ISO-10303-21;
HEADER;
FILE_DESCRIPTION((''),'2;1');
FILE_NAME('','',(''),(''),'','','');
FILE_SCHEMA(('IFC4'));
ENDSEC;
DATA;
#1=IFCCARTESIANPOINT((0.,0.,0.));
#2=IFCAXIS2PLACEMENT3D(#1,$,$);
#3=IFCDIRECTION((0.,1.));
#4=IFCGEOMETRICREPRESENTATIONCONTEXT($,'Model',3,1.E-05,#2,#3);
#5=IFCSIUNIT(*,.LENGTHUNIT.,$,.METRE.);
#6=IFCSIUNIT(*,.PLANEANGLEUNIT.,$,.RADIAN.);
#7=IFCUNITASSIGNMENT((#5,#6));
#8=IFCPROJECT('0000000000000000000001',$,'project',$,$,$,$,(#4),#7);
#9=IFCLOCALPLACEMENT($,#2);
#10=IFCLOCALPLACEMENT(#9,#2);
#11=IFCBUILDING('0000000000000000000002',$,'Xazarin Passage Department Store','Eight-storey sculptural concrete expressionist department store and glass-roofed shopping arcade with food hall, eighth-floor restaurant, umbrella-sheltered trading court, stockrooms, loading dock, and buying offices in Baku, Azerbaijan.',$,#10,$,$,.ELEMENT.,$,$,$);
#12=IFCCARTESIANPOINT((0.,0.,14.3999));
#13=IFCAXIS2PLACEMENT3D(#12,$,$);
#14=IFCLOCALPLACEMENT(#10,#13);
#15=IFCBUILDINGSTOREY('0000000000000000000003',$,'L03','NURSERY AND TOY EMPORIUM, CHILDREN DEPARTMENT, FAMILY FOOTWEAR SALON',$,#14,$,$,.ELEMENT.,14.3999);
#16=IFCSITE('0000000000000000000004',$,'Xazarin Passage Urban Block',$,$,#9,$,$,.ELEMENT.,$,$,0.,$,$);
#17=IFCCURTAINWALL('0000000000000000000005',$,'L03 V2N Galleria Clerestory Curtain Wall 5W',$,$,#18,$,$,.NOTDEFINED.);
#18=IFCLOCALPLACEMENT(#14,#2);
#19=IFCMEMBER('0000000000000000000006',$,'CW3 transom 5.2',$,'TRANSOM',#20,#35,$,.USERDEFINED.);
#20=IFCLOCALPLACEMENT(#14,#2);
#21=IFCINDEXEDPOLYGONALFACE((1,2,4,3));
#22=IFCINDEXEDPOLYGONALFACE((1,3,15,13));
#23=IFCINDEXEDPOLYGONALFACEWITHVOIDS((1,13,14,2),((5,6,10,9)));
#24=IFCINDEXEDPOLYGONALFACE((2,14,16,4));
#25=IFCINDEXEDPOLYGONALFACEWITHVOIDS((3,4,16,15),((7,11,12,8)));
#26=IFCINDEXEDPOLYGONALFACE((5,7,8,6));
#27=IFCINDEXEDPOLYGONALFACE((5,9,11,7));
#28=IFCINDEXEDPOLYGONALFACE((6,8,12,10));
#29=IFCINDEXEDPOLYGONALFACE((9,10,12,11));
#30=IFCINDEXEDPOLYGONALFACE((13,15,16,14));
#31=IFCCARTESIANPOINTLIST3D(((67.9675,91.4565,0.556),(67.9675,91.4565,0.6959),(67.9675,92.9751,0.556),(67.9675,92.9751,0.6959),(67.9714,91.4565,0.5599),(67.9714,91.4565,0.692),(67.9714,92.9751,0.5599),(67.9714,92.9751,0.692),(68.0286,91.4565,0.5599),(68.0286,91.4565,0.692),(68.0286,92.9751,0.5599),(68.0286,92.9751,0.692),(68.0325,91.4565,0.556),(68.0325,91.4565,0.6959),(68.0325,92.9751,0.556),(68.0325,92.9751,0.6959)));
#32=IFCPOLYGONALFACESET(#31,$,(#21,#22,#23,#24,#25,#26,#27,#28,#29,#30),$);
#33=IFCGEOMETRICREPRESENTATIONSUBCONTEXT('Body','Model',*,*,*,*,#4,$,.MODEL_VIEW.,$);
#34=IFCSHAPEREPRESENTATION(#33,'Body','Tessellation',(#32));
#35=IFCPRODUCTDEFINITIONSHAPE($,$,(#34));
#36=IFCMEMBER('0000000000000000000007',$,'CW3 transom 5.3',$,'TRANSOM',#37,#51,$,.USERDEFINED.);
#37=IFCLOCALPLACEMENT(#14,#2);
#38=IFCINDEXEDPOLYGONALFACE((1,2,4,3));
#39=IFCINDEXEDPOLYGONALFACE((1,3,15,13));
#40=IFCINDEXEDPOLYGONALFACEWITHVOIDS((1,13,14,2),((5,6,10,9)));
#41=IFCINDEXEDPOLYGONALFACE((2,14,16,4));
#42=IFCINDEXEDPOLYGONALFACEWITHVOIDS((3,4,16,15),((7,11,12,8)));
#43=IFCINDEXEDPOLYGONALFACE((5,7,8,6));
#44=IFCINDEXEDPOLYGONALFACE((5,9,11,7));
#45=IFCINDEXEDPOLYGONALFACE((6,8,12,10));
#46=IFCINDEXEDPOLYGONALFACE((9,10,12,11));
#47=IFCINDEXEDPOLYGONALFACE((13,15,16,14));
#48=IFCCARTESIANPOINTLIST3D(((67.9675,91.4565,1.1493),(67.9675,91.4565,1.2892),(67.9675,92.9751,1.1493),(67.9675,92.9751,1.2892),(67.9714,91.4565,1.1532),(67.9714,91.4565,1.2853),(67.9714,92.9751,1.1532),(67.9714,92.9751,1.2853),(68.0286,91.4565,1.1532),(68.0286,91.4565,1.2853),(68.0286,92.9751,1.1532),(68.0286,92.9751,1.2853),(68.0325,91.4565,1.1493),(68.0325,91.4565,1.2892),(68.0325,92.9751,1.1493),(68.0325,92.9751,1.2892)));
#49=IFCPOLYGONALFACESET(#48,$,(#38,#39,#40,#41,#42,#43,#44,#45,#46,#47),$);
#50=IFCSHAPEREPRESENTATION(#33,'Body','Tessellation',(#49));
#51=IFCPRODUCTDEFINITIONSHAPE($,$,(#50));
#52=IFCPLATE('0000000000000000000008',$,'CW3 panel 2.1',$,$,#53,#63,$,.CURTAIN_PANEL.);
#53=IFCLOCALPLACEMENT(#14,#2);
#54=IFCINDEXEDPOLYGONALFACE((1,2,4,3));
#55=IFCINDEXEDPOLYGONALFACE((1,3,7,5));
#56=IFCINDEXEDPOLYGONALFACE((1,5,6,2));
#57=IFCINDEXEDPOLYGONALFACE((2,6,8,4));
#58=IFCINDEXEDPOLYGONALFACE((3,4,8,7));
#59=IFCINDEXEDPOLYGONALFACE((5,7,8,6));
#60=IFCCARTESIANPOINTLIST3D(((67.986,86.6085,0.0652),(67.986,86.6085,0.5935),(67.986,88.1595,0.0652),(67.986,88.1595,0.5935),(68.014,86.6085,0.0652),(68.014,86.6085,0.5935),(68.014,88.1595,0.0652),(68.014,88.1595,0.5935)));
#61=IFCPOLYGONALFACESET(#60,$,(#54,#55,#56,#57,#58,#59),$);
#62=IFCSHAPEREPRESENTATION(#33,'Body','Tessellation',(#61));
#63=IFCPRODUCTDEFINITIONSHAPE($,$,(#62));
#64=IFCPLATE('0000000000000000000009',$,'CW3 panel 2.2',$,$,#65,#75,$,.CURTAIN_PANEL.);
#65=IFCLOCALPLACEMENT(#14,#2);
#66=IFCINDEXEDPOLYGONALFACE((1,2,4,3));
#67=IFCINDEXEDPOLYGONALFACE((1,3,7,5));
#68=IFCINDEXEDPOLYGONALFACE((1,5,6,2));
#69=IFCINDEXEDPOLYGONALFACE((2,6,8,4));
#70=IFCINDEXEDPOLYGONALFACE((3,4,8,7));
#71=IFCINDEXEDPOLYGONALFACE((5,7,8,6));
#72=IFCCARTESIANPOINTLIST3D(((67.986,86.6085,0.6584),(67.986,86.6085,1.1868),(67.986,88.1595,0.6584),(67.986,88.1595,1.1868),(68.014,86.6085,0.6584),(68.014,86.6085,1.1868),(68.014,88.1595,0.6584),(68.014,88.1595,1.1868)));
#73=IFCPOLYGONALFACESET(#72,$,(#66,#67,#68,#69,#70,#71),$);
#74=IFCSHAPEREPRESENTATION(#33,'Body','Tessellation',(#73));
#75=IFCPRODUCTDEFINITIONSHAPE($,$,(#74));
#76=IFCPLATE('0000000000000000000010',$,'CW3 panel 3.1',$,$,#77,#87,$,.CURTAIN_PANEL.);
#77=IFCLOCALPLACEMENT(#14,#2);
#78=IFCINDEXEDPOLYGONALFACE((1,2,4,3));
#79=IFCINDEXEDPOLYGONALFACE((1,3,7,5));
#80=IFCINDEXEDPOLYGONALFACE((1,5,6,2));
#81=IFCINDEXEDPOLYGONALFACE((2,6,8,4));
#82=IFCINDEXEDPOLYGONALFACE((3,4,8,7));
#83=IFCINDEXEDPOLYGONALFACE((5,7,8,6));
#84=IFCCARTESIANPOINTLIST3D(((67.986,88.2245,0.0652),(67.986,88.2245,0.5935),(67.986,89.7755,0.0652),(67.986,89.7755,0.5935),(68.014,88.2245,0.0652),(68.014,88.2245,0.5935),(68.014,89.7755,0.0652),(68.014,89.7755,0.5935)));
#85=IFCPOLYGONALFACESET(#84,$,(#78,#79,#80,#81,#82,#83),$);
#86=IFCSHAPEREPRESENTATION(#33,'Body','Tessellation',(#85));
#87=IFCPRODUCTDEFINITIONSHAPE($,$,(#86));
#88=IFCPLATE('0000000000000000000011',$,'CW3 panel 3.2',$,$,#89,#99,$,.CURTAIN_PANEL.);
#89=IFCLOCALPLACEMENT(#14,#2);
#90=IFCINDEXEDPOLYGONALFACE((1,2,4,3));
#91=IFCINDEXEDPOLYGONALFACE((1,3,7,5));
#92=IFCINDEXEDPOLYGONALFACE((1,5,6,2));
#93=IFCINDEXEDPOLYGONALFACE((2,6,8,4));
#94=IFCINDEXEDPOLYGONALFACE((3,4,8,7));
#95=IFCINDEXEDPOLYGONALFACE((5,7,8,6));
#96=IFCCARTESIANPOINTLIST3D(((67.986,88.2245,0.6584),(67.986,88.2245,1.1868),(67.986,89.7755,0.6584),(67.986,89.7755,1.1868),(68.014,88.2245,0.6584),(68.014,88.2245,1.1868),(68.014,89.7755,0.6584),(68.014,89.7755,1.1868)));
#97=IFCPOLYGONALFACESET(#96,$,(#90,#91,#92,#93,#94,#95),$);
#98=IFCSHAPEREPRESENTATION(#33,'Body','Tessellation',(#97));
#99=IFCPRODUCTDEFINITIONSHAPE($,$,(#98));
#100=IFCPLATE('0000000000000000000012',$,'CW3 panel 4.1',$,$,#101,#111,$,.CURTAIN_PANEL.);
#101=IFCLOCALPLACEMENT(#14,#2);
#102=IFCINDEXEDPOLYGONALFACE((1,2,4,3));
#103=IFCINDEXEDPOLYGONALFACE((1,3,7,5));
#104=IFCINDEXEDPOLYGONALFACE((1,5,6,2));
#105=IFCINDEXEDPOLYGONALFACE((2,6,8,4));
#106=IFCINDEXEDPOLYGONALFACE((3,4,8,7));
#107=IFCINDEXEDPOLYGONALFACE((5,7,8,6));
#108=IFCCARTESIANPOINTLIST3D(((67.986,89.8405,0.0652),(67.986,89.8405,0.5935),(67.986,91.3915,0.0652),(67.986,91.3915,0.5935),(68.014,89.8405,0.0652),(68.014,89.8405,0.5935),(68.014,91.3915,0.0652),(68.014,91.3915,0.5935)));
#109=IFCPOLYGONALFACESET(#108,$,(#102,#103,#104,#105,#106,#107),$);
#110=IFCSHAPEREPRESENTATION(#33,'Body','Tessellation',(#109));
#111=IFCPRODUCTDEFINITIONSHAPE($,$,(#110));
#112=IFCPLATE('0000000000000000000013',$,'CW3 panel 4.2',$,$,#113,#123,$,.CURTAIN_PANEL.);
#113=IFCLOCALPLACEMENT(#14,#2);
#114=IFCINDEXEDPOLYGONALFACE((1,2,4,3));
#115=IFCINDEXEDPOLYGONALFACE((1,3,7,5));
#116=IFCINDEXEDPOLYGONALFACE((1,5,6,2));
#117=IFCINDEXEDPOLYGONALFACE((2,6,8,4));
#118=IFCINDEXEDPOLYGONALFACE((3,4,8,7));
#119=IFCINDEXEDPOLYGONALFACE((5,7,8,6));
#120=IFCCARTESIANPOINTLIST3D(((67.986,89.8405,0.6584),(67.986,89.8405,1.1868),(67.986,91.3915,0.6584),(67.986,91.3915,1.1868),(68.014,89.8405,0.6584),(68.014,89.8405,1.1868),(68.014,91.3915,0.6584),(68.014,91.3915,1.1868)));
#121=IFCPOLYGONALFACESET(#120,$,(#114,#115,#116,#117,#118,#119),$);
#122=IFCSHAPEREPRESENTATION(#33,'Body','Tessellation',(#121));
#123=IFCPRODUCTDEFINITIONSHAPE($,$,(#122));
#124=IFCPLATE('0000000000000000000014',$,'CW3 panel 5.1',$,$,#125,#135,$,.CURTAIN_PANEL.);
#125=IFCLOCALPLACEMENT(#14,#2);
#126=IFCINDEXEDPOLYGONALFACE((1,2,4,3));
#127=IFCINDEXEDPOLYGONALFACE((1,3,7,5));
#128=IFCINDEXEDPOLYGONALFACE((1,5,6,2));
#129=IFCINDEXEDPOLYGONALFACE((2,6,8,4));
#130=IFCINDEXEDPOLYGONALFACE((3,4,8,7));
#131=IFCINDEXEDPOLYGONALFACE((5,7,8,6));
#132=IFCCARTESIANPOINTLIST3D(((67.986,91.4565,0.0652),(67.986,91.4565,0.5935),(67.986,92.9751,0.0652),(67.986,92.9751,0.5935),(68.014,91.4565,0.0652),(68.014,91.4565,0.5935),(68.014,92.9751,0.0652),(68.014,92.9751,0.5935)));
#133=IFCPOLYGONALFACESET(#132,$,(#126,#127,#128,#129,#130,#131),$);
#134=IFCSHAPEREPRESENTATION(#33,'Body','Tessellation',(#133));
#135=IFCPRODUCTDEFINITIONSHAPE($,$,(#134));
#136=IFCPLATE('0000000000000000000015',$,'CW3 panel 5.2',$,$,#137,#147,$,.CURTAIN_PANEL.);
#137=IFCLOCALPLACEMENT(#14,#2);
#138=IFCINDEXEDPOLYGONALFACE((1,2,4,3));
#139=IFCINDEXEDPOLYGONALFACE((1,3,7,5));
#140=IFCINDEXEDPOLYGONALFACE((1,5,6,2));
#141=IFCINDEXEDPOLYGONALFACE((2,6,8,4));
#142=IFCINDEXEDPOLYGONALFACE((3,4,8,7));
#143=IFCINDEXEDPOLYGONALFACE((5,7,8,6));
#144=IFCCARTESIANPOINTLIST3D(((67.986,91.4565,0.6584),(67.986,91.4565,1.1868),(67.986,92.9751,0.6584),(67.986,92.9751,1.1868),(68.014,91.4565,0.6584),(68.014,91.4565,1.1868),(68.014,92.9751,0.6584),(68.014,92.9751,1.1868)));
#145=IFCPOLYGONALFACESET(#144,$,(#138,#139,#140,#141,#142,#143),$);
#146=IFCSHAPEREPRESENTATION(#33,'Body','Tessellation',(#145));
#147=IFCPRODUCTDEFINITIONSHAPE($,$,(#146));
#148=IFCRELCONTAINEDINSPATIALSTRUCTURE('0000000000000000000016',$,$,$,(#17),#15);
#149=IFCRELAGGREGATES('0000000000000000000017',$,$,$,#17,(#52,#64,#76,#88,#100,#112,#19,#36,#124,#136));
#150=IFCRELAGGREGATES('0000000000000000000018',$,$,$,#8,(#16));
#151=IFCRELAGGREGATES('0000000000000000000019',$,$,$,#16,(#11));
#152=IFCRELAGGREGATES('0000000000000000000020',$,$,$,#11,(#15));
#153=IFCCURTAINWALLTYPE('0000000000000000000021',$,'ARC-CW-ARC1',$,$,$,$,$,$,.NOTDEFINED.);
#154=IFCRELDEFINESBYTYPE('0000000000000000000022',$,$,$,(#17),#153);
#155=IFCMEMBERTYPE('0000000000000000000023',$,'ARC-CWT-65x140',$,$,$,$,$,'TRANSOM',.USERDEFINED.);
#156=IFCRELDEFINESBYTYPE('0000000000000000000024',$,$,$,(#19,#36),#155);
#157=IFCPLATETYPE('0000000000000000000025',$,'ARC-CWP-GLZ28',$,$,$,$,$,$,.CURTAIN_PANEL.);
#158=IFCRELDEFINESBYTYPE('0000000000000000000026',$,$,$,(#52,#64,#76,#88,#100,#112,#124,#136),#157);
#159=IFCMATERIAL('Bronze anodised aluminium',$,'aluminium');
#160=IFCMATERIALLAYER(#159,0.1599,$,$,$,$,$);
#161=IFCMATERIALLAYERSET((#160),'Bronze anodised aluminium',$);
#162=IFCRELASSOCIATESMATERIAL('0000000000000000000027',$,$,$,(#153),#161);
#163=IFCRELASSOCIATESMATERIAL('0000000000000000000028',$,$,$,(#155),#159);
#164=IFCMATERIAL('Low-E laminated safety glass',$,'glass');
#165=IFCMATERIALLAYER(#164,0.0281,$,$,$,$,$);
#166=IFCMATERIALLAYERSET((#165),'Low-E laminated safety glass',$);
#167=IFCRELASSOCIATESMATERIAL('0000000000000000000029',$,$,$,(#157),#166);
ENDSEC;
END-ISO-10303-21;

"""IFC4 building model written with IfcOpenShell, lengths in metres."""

from ifc_helpers import new_model, si_unit, direction, frame, origin, origin_2d, place, context, subcontext, project, spatial, rectangle, hollow_rectangle, extrude, material, layer, layer_set, material_profile, profile_set, type_object, element, aggregate, save


model = new_model("IFC4")

# Units and contexts
model_context = context("Model", 3, precision=1e-05, world=origin(), true_north=direction((0.0, 1.0)))
body_context = subcontext(model_context, "Body", "Model", "MODEL_VIEW")
ifc_project = project(units=[si_unit("LENGTHUNIT", "METRE"), si_unit("PLANEANGLEUNIT", "RADIAN")], contexts=[model_context])

# Site, building, storey
site_placement = place(None, origin())
site = spatial("IfcSite", under=ifc_project, at=site_placement, Name="Xazarin Passage Urban Block", CompositionType="ELEMENT", RefElevation=0.0)
building_placement = place(site_placement, origin())
building = spatial("IfcBuilding", under=site, at=building_placement, Name="Xazarin Passage Department Store", Description="Eight-storey sculptural concrete expressionist department store and glass-roofed shopping arcade with food hall, eighth-floor restaurant, umbrella-sheltered trading court, stockrooms, loading dock, and buying offices in Baku, Azerbaijan.", CompositionType="ELEMENT")
storey_placement = place(building_placement, frame((0.0, 0.0, 14.3999)))
storey = spatial("IfcBuildingStorey", under=building, at=storey_placement, Name="L03", Description="NURSERY AND TOY EMPORIUM, CHILDREN DEPARTMENT, FAMILY FOOTWEAR SALON", CompositionType="ELEMENT", Elevation=14.3999)

# Curtain wall, members, plates
ifc_material_1 = material(Name="Bronze anodised aluminium", Category="aluminium")
ifc_layer_1 = layer(ifc_material_1, 0.1599)
ifc_layer_set_1 = layer_set([ifc_layer_1], Name="Bronze anodised aluminium")
curtain_wall_type = type_object("IfcCurtainWallType", Name="ARC-CW-ARC1", PredefinedType="NOTDEFINED", material=ifc_layer_set_1)
curtain_wall_placement = place(storey_placement, origin())
curtain_wall = element("IfcCurtainWall", 1, at=curtain_wall_placement, inside=storey, type_object=curtain_wall_type, Name="L03 V2N Galleria Clerestory Curtain Wall 5W", PredefinedType="NOTDEFINED")
ifc_material_profile_1 = material_profile(ifc_material_1, hollow_rectangle(XDim=0.0649, YDim=0.1399, WallThickness=0.0039, at=origin_2d()), Name="ALU 65x140")
ifc_profile_set_1 = profile_set([ifc_material_profile_1], Name="Bronze anodised aluminium")
member_type_1 = type_object("IfcMemberType", Name="ARC-CWT-65x140", ElementType="TRANSOM", PredefinedType="USERDEFINED", material=ifc_profile_set_1)
member_1_placement = place(storey_placement, frame((68.0, 91.4565, 0.626), z_axis=(0.0, 1.0, 0.0), x_axis=(-1.0, 0.0, 0.0)))
member_1 = element("IfcMember", 2, at=member_1_placement, type_object=member_type_1, Name="CW3 transom 5.2", ObjectType="TRANSOM", PredefinedType="USERDEFINED", context=body_context, shape_type="SweptSolid", body=[
    extrude(hollow_rectangle(XDim=0.0649, YDim=0.1399, WallThickness=0.0039, at=origin_2d()), origin(), (0.0, 0.0, 1.0), 1.5186),
])
member_2_placement = place(storey_placement, frame((68.0, 91.4565, 1.2192), z_axis=(0.0, 1.0, 0.0), x_axis=(-1.0, 0.0, 0.0)))
member_2 = element("IfcMember", 3, at=member_2_placement, type_object=member_type_1, Name="CW3 transom 5.3", ObjectType="TRANSOM", PredefinedType="USERDEFINED", context=body_context, shape_type="SweptSolid", body=[
    extrude(hollow_rectangle(XDim=0.0649, YDim=0.1399, WallThickness=0.0039, at=origin_2d()), origin(), (0.0, 0.0, 1.0), 1.5186),
])
ifc_material_2 = material(Name="Low-E laminated safety glass", Category="glass")
ifc_layer_2 = layer(ifc_material_2, 0.0281)
ifc_layer_set_2 = layer_set([ifc_layer_2], Name="Low-E laminated safety glass")
plate_type = type_object("IfcPlateType", Name="ARC-CWP-GLZ28", PredefinedType="CURTAIN_PANEL", material=ifc_layer_set_2)
plate_1_placement = place(storey_placement, frame((68.0, 87.384, 0.0652), z_axis=(0.0, 0.0, 1.0), x_axis=(0.0, 1.0, 0.0)))
plate_1 = element("IfcPlate", 4, at=plate_1_placement, type_object=plate_type, Name="CW3 panel 2.1", PredefinedType="CURTAIN_PANEL", context=body_context, shape_type="SweptSolid", body=[
    extrude(rectangle(XDim=1.551, YDim=0.0281, at=origin_2d()), origin(), (0.0, 0.0, 1.0), 0.5283),
])
plate_2_placement = place(storey_placement, frame((68.0, 87.384, 0.6584), z_axis=(0.0, 0.0, 1.0), x_axis=(0.0, 1.0, 0.0)))
plate_2 = element("IfcPlate", 5, at=plate_2_placement, type_object=plate_type, Name="CW3 panel 2.2", PredefinedType="CURTAIN_PANEL", context=body_context, shape_type="SweptSolid", body=[
    extrude(rectangle(XDim=1.551, YDim=0.0281, at=origin_2d()), origin(), (0.0, 0.0, 1.0), 0.5283),
])
plate_3_placement = place(storey_placement, frame((68.0, 89.0, 0.0652), z_axis=(0.0, 0.0, 1.0), x_axis=(0.0, 1.0, 0.0)))
plate_3 = element("IfcPlate", 6, at=plate_3_placement, type_object=plate_type, Name="CW3 panel 3.1", PredefinedType="CURTAIN_PANEL", context=body_context, shape_type="SweptSolid", body=[
    extrude(rectangle(XDim=1.551, YDim=0.0281, at=origin_2d()), origin(), (0.0, 0.0, 1.0), 0.5283),
])
plate_4_placement = place(storey_placement, frame((68.0, 89.0, 0.6584), z_axis=(0.0, 0.0, 1.0), x_axis=(0.0, 1.0, 0.0)))
plate_4 = element("IfcPlate", 7, at=plate_4_placement, type_object=plate_type, Name="CW3 panel 3.2", PredefinedType="CURTAIN_PANEL", context=body_context, shape_type="SweptSolid", body=[
    extrude(rectangle(XDim=1.551, YDim=0.0281, at=origin_2d()), origin(), (0.0, 0.0, 1.0), 0.5283),
])
plate_5_placement = place(storey_placement, frame((68.0, 90.616, 0.0652), z_axis=(0.0, 0.0, 1.0), x_axis=(0.0, 1.0, 0.0)))
plate_5 = element("IfcPlate", 8, at=plate_5_placement, type_object=plate_type, Name="CW3 panel 4.1", PredefinedType="CURTAIN_PANEL", context=body_context, shape_type="SweptSolid", body=[
    extrude(rectangle(XDim=1.551, YDim=0.0281, at=origin_2d()), origin(), (0.0, 0.0, 1.0), 0.5283),
])
plate_6_placement = place(storey_placement, frame((68.0, 90.616, 0.6584), z_axis=(0.0, 0.0, 1.0), x_axis=(0.0, 1.0, 0.0)))
plate_6 = element("IfcPlate", 9, at=plate_6_placement, type_object=plate_type, Name="CW3 panel 4.2", PredefinedType="CURTAIN_PANEL", context=body_context, shape_type="SweptSolid", body=[
    extrude(rectangle(XDim=1.551, YDim=0.0281, at=origin_2d()), origin(), (0.0, 0.0, 1.0), 0.5283),
])
plate_7_placement = place(storey_placement, frame((68.0, 92.2158, 0.0652), z_axis=(0.0, 0.0, 1.0), x_axis=(0.0, 1.0, 0.0)))
plate_7 = element("IfcPlate", 10, at=plate_7_placement, type_object=plate_type, Name="CW3 panel 5.1", PredefinedType="CURTAIN_PANEL", context=body_context, shape_type="SweptSolid", body=[
    extrude(rectangle(XDim=1.5186, YDim=0.0281, at=origin_2d()), origin(), (0.0, 0.0, 1.0), 0.5283),
])
plate_8_placement = place(storey_placement, frame((68.0, 92.2158, 0.6584), z_axis=(0.0, 0.0, 1.0), x_axis=(0.0, 1.0, 0.0)))
plate_8 = element("IfcPlate", 11, at=plate_8_placement, type_object=plate_type, Name="CW3 panel 5.2", PredefinedType="CURTAIN_PANEL", context=body_context, shape_type="SweptSolid", body=[
    extrude(rectangle(XDim=1.5186, YDim=0.0281, at=origin_2d()), origin(), (0.0, 0.0, 1.0), 0.5283),
])
aggregate(curtain_wall, [plate_1, plate_2, plate_3, plate_4, plate_5, plate_6, member_1, member_2, plate_7, plate_8])

save(model, "model.ifc")
